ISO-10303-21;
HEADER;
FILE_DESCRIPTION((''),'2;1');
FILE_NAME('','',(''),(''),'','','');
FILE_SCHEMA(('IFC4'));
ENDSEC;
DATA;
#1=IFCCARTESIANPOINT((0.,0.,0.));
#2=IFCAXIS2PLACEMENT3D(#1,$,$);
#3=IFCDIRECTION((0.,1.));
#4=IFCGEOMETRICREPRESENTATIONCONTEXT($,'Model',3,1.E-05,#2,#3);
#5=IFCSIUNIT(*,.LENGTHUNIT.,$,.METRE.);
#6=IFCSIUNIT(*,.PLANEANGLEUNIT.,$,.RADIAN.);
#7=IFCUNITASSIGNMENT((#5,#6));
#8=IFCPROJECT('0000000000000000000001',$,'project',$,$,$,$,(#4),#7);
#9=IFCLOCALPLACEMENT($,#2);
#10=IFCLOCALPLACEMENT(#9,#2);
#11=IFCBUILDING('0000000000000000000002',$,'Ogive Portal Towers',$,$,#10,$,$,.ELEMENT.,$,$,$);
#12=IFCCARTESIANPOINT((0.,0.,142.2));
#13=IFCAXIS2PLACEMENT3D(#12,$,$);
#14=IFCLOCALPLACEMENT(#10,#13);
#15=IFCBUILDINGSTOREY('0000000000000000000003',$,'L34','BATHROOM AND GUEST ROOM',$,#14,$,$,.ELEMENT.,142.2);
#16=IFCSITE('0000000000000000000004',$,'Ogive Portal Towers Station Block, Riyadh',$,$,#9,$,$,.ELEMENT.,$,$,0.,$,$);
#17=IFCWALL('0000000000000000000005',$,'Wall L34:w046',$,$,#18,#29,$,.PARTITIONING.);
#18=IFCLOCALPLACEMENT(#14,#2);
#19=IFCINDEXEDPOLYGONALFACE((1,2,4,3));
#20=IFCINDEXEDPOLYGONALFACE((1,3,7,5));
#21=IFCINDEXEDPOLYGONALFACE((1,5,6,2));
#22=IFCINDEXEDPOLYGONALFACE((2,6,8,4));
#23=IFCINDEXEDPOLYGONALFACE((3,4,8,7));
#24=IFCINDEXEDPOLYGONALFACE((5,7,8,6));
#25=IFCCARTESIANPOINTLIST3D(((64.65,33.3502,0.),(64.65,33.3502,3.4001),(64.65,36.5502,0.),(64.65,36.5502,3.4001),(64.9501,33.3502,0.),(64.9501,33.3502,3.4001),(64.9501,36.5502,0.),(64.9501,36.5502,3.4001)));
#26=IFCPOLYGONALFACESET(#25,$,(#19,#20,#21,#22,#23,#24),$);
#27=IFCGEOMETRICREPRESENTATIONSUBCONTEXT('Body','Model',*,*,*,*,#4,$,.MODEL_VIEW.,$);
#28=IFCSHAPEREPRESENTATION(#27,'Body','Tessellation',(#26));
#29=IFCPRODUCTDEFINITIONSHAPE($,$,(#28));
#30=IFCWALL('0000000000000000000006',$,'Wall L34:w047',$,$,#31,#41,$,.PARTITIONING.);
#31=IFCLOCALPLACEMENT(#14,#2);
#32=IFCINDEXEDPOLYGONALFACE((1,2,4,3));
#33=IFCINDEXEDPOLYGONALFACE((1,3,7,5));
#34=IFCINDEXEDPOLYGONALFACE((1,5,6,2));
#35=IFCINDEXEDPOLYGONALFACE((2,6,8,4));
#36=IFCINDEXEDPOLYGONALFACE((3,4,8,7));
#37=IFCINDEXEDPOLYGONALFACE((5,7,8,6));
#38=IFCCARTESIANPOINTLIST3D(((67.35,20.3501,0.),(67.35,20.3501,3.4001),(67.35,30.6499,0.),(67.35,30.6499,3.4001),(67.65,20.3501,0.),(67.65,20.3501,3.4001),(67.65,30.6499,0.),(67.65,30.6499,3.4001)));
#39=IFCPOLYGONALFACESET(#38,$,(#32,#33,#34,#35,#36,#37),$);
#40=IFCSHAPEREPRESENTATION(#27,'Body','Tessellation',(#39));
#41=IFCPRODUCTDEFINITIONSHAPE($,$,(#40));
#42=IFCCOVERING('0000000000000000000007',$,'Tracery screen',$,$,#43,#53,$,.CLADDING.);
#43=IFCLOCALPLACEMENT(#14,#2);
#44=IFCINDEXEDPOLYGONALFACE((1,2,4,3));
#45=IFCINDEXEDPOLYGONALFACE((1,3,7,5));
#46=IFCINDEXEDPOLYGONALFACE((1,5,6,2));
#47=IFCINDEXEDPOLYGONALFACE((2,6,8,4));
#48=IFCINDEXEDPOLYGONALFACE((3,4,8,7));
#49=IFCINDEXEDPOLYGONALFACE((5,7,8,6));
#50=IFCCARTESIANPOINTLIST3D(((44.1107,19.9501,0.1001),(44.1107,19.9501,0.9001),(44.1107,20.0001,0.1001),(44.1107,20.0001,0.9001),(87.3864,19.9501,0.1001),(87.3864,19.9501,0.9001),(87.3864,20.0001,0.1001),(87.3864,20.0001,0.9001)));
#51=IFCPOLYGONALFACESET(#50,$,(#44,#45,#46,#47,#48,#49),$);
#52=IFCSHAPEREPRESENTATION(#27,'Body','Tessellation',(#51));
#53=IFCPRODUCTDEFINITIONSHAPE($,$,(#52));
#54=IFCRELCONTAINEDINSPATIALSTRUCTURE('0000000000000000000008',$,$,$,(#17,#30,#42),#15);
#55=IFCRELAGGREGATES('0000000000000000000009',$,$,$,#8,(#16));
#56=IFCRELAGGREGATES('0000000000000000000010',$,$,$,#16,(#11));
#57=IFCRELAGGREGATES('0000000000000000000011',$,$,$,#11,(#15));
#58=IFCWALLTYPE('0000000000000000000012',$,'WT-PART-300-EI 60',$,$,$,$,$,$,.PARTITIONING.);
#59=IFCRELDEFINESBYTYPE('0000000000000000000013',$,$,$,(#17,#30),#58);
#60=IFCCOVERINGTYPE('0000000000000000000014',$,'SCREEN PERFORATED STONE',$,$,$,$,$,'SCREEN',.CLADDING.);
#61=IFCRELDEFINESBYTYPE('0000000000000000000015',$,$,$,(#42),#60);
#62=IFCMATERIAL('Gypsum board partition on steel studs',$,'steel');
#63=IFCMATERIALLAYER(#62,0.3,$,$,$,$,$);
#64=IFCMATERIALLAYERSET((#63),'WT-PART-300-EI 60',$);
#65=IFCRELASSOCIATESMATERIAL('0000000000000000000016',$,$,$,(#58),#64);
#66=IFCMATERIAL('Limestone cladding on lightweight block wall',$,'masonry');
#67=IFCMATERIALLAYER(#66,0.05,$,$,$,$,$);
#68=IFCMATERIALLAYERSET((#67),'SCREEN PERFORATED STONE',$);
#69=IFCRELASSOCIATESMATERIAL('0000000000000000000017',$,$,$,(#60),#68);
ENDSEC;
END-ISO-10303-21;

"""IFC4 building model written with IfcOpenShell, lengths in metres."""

from ifc_helpers import new_model, si_unit, direction, frame, frame_2d, origin, origin_2d, place, context, subcontext, project, spatial, rectangle, extrude, material, layer, layer_set, type_object, element, save


model = new_model("IFC4")

# Units and contexts
model_context = context("Model", 3, precision=1e-05, world=origin(), true_north=direction((0.0, 1.0)))
body_context = subcontext(model_context, "Body", "Model", "MODEL_VIEW")
ifc_project = project(units=[si_unit("LENGTHUNIT", "METRE"), si_unit("PLANEANGLEUNIT", "RADIAN")], contexts=[model_context])

# Site, building, storey
site_placement = place(None, origin())
site = spatial("IfcSite", under=ifc_project, at=site_placement, Name="Ogive Portal Towers Station Block, Riyadh", CompositionType="ELEMENT", RefElevation=0.0)
building_placement = place(site_placement, origin())
building = spatial("IfcBuilding", under=site, at=building_placement, Name="Ogive Portal Towers", CompositionType="ELEMENT")
storey_placement = place(building_placement, frame((0.0, 0.0, 142.2)))
storey = spatial("IfcBuildingStorey", under=building, at=storey_placement, Name="L34", Description="BATHROOM AND GUEST ROOM", CompositionType="ELEMENT", Elevation=142.2)

# Shared definitions
ifc_material_1 = material(Name="Gypsum board partition on steel studs", Category="steel")

# Shared definitions
ifc_layer_1 = layer(ifc_material_1, 0.3)
ifc_layer_set_1 = layer_set([ifc_layer_1], Name="WT-PART-300-EI 60")
wall_type_1 = type_object("IfcWallType", Name="WT-PART-300-EI 60", PredefinedType="PARTITIONING", material=ifc_layer_set_1)

# Walls
wall_1_placement = place(storey_placement, frame((64.8, 33.3501, 0.0), z_axis=(0.0, 0.0, 1.0), x_axis=(0.0, 1.0, 0.0)))
element("IfcWall", 1, at=wall_1_placement, inside=storey, type_object=wall_type_1, Name="Wall L34:w046", PredefinedType="PARTITIONING", context=body_context, shape_type="SweptSolid", body=[
    extrude(rectangle(XDim=3.2, YDim=0.3, at=frame_2d((1.6001, 0.0))), origin(), (0.0, 0.0, 1.0), 3.4001),
])
wall_2_placement = place(storey_placement, frame((67.5, 20.3501, 0.0), z_axis=(0.0, 0.0, 1.0), x_axis=(0.0, 1.0, 0.0)))
element("IfcWall", 2, at=wall_2_placement, inside=storey, type_object=wall_type_1, Name="Wall L34:w047", PredefinedType="PARTITIONING", context=body_context, shape_type="SweptSolid", body=[
    extrude(rectangle(XDim=10.2998, YDim=0.3, at=frame_2d((5.1499, 0.0))), origin(), (0.0, 0.0, 1.0), 3.4001),
])

# Covering
ifc_material_2 = material(Name="Limestone cladding on lightweight block wall", Category="masonry")
ifc_layer_2 = layer(ifc_material_2, 0.05)
ifc_layer_set_2 = layer_set([ifc_layer_2], Name="SCREEN PERFORATED STONE")
covering_type = type_object("IfcCoveringType", Name="SCREEN PERFORATED STONE", ElementType="SCREEN", PredefinedType="CLADDING", material=ifc_layer_set_2)
covering_placement = place(storey_placement, frame((65.7485, 19.9751, 0.1001), z_axis=(0.0, 0.0, 1.0), x_axis=(1.0, 0.0, 0.0)))
element("IfcCovering", 3, at=covering_placement, inside=storey, type_object=covering_type, Name="Tracery screen", PredefinedType="CLADDING", context=body_context, shape_type="SweptSolid", body=[
    extrude(rectangle(XDim=43.2756, YDim=0.05, at=origin_2d()), origin(), (0.0, 0.0, 1.0), 0.8),
])

save(model, "model.ifc")
